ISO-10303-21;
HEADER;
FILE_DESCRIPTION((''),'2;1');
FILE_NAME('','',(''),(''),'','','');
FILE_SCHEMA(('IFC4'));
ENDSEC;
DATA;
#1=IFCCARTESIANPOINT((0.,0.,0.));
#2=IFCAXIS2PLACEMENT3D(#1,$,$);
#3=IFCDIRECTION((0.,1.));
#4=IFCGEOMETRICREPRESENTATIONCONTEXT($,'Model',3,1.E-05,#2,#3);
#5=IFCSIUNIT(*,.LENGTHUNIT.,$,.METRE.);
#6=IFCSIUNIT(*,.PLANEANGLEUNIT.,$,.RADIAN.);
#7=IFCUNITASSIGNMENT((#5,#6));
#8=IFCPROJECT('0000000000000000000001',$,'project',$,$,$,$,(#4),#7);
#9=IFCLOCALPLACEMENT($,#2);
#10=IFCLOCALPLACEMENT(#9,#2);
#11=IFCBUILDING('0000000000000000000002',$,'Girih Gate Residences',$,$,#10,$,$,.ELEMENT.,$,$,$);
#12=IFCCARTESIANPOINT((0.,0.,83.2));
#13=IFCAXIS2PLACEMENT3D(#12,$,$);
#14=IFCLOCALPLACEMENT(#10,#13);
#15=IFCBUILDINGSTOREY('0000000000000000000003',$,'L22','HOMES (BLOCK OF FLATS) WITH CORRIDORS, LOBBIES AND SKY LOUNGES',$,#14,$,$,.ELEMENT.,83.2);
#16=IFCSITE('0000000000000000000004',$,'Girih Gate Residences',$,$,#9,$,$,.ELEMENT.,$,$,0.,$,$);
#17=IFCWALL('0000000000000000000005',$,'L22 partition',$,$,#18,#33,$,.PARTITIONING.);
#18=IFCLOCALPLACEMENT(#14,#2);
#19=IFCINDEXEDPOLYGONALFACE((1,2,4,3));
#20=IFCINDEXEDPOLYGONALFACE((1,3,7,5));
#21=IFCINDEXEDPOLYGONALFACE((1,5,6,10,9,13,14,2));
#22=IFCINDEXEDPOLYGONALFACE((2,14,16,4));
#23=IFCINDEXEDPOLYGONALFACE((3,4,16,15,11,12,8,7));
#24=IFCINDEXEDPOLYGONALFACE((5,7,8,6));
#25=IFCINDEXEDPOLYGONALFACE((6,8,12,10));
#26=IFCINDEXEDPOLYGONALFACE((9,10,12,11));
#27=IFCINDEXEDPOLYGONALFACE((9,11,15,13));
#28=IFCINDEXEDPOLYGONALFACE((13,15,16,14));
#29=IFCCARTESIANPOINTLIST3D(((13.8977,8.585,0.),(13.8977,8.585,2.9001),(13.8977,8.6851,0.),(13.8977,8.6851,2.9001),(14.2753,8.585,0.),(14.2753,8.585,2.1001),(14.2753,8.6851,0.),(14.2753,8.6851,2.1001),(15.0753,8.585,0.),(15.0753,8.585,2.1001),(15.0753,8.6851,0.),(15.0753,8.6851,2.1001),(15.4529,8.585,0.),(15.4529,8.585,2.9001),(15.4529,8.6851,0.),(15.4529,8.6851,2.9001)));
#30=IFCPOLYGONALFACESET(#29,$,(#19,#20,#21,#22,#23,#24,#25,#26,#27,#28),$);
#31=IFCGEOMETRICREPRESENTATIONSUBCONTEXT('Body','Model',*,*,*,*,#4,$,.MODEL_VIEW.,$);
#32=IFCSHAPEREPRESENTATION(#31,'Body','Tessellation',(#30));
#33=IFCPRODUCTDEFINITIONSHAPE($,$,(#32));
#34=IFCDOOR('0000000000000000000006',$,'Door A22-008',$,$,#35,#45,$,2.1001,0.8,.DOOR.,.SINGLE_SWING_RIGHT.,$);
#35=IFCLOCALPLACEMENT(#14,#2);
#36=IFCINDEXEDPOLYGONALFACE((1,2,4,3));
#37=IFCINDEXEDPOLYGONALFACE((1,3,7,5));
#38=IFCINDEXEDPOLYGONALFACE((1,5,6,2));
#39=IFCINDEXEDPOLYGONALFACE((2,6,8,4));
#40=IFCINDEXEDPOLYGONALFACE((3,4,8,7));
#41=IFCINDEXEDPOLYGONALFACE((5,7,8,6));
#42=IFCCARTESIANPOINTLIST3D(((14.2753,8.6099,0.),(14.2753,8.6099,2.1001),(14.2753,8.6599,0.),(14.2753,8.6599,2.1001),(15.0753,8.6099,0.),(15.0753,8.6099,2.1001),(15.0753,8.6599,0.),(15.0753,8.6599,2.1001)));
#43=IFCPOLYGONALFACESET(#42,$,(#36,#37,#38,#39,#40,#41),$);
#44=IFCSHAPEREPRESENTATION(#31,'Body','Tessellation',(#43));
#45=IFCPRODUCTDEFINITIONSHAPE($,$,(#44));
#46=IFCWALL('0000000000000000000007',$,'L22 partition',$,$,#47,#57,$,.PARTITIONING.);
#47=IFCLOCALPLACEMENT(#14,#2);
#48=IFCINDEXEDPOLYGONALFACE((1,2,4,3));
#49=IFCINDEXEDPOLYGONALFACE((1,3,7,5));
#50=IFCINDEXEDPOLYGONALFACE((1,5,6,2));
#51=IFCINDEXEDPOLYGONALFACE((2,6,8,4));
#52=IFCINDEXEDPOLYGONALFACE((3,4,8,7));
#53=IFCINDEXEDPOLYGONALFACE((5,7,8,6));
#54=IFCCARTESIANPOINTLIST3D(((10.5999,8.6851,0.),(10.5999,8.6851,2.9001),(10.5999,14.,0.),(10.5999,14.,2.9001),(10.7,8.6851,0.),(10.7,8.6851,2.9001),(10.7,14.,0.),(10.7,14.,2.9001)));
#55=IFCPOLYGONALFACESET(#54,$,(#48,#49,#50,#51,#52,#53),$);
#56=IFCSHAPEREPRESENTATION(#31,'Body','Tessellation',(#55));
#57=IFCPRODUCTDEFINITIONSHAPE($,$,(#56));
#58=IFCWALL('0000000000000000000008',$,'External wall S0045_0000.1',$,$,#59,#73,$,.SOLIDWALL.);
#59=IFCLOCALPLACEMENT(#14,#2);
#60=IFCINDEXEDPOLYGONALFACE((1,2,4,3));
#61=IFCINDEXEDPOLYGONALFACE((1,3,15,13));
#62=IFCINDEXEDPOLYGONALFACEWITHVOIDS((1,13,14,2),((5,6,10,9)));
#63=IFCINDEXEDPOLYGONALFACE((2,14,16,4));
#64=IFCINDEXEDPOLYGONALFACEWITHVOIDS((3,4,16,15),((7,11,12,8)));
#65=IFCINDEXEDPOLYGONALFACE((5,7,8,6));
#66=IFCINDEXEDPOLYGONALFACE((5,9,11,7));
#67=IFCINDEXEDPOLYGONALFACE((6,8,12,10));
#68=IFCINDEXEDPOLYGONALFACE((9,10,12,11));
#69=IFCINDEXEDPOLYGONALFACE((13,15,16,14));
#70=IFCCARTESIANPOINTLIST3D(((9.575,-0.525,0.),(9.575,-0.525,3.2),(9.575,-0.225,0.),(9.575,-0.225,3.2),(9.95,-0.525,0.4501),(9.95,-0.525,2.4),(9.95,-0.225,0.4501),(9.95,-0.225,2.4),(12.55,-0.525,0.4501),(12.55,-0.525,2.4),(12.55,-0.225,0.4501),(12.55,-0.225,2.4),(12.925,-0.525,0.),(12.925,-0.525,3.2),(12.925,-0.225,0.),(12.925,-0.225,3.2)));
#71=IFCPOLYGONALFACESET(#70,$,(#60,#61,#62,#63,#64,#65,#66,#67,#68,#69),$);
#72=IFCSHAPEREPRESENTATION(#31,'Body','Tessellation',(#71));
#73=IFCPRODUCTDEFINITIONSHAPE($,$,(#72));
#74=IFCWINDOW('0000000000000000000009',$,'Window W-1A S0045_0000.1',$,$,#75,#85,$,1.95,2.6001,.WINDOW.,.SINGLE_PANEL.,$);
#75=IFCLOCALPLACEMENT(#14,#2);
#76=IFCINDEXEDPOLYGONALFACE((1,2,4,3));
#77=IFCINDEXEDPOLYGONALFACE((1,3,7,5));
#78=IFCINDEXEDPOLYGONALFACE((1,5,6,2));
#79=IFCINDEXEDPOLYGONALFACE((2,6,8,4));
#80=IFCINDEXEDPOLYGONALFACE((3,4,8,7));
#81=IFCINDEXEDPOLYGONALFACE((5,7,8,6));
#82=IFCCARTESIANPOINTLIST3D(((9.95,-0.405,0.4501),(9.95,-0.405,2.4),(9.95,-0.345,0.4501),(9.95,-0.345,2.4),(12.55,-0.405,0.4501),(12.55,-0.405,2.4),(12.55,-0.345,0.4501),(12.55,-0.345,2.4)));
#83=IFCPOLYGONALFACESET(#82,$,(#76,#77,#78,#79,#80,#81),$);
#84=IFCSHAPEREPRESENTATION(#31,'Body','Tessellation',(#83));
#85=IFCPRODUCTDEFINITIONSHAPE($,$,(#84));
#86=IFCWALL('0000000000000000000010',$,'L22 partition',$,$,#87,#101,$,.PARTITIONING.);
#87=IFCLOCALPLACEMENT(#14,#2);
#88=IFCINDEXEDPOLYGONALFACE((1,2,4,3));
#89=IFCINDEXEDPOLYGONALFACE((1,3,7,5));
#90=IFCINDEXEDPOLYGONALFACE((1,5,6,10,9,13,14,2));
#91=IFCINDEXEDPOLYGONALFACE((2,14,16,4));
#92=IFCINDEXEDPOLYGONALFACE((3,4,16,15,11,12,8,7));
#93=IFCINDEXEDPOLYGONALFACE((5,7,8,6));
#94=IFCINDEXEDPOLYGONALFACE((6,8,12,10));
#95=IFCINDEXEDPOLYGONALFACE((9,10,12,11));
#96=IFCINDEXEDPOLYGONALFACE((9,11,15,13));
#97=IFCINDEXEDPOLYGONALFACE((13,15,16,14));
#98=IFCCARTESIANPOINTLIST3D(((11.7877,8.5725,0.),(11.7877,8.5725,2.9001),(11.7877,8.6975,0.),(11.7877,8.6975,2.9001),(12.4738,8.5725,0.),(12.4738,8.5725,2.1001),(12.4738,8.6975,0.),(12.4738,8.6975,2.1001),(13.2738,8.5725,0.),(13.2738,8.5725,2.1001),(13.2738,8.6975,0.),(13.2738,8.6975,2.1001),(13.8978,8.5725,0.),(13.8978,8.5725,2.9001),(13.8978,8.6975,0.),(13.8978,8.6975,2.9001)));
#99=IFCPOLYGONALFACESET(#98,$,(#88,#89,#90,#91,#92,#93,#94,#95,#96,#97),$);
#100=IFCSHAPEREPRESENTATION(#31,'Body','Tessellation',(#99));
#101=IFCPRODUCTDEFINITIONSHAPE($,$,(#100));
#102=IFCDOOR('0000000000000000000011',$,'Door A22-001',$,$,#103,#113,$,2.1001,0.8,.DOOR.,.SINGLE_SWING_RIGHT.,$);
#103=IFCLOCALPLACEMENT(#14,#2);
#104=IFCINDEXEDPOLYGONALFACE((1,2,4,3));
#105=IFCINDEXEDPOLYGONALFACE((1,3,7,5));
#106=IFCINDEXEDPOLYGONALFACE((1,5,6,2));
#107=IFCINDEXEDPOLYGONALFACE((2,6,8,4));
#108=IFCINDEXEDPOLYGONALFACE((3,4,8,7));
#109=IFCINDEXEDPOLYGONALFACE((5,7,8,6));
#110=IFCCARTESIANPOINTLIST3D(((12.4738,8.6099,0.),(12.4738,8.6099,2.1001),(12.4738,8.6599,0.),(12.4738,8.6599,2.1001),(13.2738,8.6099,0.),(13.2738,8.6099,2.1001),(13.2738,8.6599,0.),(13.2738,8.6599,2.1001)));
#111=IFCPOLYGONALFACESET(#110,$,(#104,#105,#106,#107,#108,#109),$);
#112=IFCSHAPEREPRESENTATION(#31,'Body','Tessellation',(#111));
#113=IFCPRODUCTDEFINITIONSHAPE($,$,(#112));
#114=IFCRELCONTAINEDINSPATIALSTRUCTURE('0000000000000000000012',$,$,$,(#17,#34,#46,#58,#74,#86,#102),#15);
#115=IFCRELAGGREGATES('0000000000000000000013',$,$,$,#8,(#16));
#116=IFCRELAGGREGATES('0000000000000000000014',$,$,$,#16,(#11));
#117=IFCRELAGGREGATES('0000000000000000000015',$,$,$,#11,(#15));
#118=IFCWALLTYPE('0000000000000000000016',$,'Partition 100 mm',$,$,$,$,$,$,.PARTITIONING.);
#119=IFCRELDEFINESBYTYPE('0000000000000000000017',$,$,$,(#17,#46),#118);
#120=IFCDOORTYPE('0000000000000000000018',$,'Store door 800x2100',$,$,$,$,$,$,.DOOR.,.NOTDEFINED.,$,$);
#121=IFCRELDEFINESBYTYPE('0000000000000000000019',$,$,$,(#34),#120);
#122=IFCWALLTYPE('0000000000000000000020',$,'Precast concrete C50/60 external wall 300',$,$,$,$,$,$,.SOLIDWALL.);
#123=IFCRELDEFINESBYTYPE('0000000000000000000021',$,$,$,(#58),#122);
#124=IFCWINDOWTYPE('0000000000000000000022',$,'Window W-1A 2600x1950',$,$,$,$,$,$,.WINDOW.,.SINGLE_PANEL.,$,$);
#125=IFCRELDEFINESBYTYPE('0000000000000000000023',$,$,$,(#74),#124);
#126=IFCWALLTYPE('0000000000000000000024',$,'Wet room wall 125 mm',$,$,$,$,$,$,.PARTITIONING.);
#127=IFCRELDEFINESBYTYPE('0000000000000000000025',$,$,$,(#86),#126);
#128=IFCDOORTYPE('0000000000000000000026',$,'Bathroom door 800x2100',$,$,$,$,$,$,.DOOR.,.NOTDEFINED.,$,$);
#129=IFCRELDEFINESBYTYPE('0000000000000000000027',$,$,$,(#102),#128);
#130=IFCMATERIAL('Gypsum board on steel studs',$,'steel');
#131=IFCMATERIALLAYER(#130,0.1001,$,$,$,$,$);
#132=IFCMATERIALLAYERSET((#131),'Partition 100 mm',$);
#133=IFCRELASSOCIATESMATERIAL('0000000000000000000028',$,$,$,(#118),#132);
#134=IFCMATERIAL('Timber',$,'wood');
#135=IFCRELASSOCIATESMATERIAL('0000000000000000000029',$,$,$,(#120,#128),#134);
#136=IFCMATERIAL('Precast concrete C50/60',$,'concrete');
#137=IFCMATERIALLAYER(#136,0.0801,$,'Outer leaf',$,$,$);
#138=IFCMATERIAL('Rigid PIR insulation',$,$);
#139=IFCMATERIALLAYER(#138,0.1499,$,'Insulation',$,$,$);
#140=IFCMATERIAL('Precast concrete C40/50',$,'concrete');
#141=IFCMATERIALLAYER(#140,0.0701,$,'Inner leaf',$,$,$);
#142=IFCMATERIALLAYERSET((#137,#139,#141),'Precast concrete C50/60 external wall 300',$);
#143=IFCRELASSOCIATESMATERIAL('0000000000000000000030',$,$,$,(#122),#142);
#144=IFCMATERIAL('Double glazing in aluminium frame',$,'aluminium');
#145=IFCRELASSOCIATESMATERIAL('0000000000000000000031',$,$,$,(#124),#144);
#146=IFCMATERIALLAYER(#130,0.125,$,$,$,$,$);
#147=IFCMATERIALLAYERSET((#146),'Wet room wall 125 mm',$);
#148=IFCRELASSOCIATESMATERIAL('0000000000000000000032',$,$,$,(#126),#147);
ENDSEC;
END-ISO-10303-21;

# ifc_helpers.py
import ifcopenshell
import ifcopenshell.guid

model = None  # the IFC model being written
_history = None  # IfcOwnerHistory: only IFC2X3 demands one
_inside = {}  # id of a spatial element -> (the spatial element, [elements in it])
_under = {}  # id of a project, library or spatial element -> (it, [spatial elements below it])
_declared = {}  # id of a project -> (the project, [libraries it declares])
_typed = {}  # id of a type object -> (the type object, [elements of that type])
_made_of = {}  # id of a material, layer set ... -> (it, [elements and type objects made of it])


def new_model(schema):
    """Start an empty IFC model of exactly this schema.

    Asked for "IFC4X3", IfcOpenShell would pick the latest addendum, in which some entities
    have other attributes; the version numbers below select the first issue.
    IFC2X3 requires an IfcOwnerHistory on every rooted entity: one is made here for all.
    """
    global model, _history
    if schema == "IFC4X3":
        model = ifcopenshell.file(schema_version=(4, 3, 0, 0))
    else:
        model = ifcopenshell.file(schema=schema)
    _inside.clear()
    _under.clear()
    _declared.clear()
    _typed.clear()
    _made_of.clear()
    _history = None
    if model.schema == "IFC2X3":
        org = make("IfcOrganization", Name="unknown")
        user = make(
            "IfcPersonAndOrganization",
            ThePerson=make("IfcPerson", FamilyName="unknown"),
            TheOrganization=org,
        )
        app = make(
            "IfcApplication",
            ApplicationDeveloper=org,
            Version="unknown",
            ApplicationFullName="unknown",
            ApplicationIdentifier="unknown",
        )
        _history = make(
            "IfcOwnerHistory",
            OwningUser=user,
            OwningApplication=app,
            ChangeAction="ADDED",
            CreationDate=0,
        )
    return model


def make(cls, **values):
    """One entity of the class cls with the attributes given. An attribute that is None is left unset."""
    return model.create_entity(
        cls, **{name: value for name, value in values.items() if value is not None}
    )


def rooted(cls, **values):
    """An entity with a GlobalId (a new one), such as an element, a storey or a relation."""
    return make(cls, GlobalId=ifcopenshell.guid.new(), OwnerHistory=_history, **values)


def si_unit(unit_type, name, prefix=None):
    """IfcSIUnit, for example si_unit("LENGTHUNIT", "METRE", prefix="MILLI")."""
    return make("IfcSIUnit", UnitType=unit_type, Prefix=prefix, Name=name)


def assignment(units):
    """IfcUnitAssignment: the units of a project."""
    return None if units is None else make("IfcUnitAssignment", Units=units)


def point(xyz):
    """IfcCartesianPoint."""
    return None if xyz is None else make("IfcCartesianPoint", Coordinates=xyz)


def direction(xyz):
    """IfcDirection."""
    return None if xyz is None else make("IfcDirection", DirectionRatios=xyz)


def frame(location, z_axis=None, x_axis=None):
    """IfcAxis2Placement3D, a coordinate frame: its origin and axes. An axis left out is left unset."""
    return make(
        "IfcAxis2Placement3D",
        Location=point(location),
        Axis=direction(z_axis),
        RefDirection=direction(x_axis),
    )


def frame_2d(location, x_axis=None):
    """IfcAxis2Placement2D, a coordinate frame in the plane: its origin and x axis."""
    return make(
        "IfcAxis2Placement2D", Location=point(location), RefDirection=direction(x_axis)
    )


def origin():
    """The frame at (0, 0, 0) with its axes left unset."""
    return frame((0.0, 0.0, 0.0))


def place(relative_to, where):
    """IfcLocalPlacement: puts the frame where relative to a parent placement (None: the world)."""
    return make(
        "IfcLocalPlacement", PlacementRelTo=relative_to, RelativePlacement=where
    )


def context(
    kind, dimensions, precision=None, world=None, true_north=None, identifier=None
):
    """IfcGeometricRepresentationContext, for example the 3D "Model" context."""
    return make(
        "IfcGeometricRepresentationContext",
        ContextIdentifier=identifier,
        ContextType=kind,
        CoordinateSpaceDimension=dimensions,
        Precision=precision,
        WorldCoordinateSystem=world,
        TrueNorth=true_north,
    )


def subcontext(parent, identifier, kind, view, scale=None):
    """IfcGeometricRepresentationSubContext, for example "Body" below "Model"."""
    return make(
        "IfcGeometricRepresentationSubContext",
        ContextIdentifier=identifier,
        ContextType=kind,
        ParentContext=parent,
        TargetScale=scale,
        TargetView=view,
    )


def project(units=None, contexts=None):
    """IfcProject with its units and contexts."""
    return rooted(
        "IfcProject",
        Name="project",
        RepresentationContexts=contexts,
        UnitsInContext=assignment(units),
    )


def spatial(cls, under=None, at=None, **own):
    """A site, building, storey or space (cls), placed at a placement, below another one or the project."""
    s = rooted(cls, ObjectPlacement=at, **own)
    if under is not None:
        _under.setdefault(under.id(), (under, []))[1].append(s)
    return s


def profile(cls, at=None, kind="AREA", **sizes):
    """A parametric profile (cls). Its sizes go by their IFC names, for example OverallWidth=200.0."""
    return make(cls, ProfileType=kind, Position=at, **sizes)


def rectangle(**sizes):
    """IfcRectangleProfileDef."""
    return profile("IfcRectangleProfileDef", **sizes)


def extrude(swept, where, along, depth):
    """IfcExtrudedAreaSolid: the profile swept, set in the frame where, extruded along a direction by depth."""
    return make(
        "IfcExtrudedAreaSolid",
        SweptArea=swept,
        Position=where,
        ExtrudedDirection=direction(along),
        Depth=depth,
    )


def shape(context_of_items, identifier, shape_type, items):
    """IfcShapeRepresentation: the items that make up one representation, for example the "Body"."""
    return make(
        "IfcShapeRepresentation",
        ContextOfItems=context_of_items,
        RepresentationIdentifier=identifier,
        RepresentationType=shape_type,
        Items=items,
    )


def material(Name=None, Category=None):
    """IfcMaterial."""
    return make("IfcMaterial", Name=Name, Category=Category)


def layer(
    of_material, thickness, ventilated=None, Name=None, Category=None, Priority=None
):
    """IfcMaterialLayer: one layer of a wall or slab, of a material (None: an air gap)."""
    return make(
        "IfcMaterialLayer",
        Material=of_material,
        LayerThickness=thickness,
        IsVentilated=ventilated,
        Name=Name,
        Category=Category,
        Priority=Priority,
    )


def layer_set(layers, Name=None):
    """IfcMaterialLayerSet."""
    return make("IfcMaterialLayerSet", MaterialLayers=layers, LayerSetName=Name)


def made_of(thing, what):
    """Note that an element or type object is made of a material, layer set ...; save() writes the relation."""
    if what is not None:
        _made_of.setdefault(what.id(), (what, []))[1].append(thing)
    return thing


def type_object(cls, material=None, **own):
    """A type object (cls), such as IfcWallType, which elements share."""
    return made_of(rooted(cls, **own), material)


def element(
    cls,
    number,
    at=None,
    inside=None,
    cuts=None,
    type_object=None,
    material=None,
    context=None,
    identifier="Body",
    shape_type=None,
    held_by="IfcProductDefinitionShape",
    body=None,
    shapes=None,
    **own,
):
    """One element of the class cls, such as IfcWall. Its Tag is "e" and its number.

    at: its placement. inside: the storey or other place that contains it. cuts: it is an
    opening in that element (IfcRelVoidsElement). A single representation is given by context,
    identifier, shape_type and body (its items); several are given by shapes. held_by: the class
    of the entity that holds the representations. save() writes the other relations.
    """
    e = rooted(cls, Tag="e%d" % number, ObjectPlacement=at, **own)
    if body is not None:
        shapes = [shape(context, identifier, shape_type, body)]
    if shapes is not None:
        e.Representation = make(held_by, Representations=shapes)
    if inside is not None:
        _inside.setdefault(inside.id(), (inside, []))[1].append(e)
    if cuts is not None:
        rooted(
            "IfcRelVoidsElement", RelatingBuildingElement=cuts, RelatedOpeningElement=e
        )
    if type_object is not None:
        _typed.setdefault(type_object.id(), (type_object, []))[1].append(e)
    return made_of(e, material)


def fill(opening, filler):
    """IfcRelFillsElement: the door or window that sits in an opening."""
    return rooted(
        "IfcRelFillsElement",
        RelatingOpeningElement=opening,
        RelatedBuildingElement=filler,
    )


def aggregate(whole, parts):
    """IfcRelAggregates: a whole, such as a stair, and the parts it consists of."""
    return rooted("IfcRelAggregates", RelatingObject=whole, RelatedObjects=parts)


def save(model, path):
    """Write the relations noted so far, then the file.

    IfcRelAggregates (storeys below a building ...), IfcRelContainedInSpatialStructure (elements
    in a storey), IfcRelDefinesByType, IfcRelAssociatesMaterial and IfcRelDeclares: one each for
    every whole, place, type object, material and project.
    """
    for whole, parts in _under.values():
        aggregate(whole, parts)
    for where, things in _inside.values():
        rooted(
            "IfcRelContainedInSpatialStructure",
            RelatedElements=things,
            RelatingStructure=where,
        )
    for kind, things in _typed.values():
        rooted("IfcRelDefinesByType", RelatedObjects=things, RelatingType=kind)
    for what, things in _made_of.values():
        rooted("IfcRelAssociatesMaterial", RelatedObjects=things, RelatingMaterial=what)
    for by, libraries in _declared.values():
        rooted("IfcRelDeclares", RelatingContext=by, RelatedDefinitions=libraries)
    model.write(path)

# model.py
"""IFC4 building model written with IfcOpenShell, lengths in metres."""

from ifc_helpers import new_model, si_unit, direction, frame, frame_2d, origin, place, context, subcontext, project, spatial, rectangle, extrude, material, layer, layer_set, type_object, element, fill, save


model = new_model("IFC4")

# Units and contexts
model_context = context("Model", 3, precision=1e-05, world=origin(), true_north=direction((0.0, 1.0)))
body_context = subcontext(model_context, "Body", "Model", "MODEL_VIEW")
ifc_project = project(units=[si_unit("LENGTHUNIT", "METRE"), si_unit("PLANEANGLEUNIT", "RADIAN")], contexts=[model_context])

# Site, building, storey
site_placement = place(None, origin())
site = spatial("IfcSite", under=ifc_project, at=site_placement, Name="Girih Gate Residences", CompositionType="ELEMENT", RefElevation=0.0)
building_placement = place(site_placement, origin())
building = spatial("IfcBuilding", under=site, at=building_placement, Name="Girih Gate Residences", CompositionType="ELEMENT")
storey_placement = place(building_placement, frame((0.0, 0.0, 83.2)))
storey = spatial("IfcBuildingStorey", under=building, at=storey_placement, Name="L22", Description="HOMES (BLOCK OF FLATS) WITH CORRIDORS, LOBBIES AND SKY LOUNGES", CompositionType="ELEMENT", Elevation=83.2)

# Shared definitions
ifc_material_1 = material(Name="Gypsum board on steel studs", Category="steel")
ifc_layer_1 = layer(ifc_material_1, 0.1001)
ifc_layer_set_1 = layer_set([ifc_layer_1], Name="Partition 100 mm")
wall_type_1 = type_object("IfcWallType", Name="Partition 100 mm", PredefinedType="PARTITIONING", material=ifc_layer_set_1)

# Shared definitions
ifc_material_2 = material(Name="Timber", Category="wood")

# Wall, opening, door
door_type_1 = type_object("IfcDoorType", Name="Store door 800x2100", OperationType="NOTDEFINED", PredefinedType="DOOR", material=ifc_material_2)
wall_1_placement = place(storey_placement, frame((13.8977, 8.635, 0.0), z_axis=(0.0, 0.0, 1.0), x_axis=(1.0, 0.0, 0.0)))
wall_1 = element("IfcWall", 1, at=wall_1_placement, inside=storey, type_object=wall_type_1, Name="L22 partition", PredefinedType="PARTITIONING", context=body_context, shape_type="SweptSolid", body=[
    extrude(rectangle(XDim=1.5552, YDim=0.1001, at=frame_2d((0.7776, 0.0))), origin(), (0.0, 0.0, 1.0), 2.9001),
])
opening_1_placement = place(wall_1_placement, frame((0.3777, 0.0, 0.0)))
opening_1 = element("IfcOpeningElement", 2, at=opening_1_placement, cuts=wall_1, PredefinedType="OPENING", context=body_context, shape_type="SweptSolid", body=[
    extrude(rectangle(XDim=0.8, YDim=2.1001, at=frame_2d((0.3999, 1.05))), frame((0.0, 0.0601, 0.0), z_axis=(0.0, -1.0, 0.0), x_axis=(1.0, 0.0, 0.0)), (0.0, 0.0, 1.0), 0.1201),
])
door_1_placement = place(opening_1_placement, origin())
door_1 = element("IfcDoor", 3, at=door_1_placement, inside=storey, type_object=door_type_1, Name="Door A22-008", OperationType="SINGLE_SWING_RIGHT", OverallHeight=2.1001, OverallWidth=0.8, PredefinedType="DOOR", context=body_context, shape_type="SweptSolid", body=[
    extrude(rectangle(XDim=0.8, YDim=2.1001, at=frame_2d((0.3999, 1.05))), frame((0.0, 0.0249, 0.0), z_axis=(0.0, -1.0, 0.0), x_axis=(1.0, 0.0, 0.0)), (0.0, 0.0, 1.0), 0.05),
])
fill(opening_1, door_1)

# Wall
wall_2_placement = place(storey_placement, frame((10.6499, 8.6851, 0.0), z_axis=(0.0, 0.0, 1.0), x_axis=(0.0, 1.0, 0.0)))
element("IfcWall", 4, at=wall_2_placement, inside=storey, type_object=wall_type_1, Name="L22 partition", PredefinedType="PARTITIONING", context=body_context, shape_type="SweptSolid", body=[
    extrude(rectangle(XDim=5.3149, YDim=0.1001, at=frame_2d((2.6575, 0.0))), origin(), (0.0, 0.0, 1.0), 2.9001),
])

# Wall, opening, window
ifc_material_3 = material(Name="Precast concrete C50/60", Category="concrete")
ifc_layer_2 = layer(ifc_material_3, 0.0801, Name="Outer leaf")
ifc_material_4 = material(Name="Rigid PIR insulation")
ifc_layer_3 = layer(ifc_material_4, 0.1499, Name="Insulation")
ifc_material_5 = material(Name="Precast concrete C40/50", Category="concrete")
ifc_layer_4 = layer(ifc_material_5, 0.0701, Name="Inner leaf")
ifc_layer_set_2 = layer_set([ifc_layer_2, ifc_layer_3, ifc_layer_4], Name="Precast concrete C50/60 external wall 300")
wall_type_2 = type_object("IfcWallType", Name="Precast concrete C50/60 external wall 300", PredefinedType="SOLIDWALL", material=ifc_layer_set_2)
wall_3_placement = place(storey_placement, frame((12.925, -0.375, 0.0), z_axis=(0.0, 0.0, 1.0), x_axis=(-1.0, 0.0, 0.0)))
wall_3 = element("IfcWall", 5, at=wall_3_placement, inside=storey, type_object=wall_type_2, Name="External wall S0045_0000.1", PredefinedType="SOLIDWALL", context=body_context, shape_type="SweptSolid", body=[
    extrude(rectangle(XDim=3.3501, YDim=0.3, at=frame_2d((1.675, 0.0))), origin(), (0.0, 0.0, 1.0), 3.2),
])
opening_2_placement = place(wall_3_placement, frame((0.375, 0.0, 0.45)))
opening_2 = element("IfcOpeningElement", 6, at=opening_2_placement, cuts=wall_3, PredefinedType="OPENING", context=body_context, shape_type="SweptSolid", body=[
    extrude(rectangle(XDim=2.6001, YDim=1.95, at=frame_2d((1.3, 0.9751))), frame((0.0, 0.1599, 0.0), z_axis=(0.0, -1.0, 0.0), x_axis=(1.0, 0.0, 0.0)), (0.0, 0.0, 1.0), 0.3201),
])
ifc_material_6 = material(Name="Double glazing in aluminium frame", Category="aluminium")
window_type = type_object("IfcWindowType", Name="Window W-1A 2600x1950", PartitioningType="SINGLE_PANEL", PredefinedType="WINDOW", material=ifc_material_6)
window_placement = place(opening_2_placement, origin())
window = element("IfcWindow", 7, at=window_placement, inside=storey, type_object=window_type, Name="Window W-1A S0045_0000.1", OverallHeight=1.95, OverallWidth=2.6001, PartitioningType="SINGLE_PANEL", PredefinedType="WINDOW", context=body_context, shape_type="SweptSolid", body=[
    extrude(rectangle(XDim=2.6001, YDim=1.95, at=frame_2d((1.3, 0.9751))), frame((0.0, 0.03, 0.0), z_axis=(0.0, -1.0, 0.0), x_axis=(1.0, 0.0, 0.0)), (0.0, 0.0, 1.0), 0.0601),
])
fill(opening_2, window)

# Wall, opening, door
ifc_layer_5 = layer(ifc_material_1, 0.125)
ifc_layer_set_3 = layer_set([ifc_layer_5], Name="Wet room wall 125 mm")
wall_type_3 = type_object("IfcWallType", Name="Wet room wall 125 mm", PredefinedType="PARTITIONING", material=ifc_layer_set_3)
wall_4_placement = place(storey_placement, frame((11.7876, 8.635, 0.0), z_axis=(0.0, 0.0, 1.0), x_axis=(1.0, 0.0, 0.0)))
wall_4 = element("IfcWall", 8, at=wall_4_placement, inside=storey, type_object=wall_type_3, Name="L22 partition", PredefinedType="PARTITIONING", context=body_context, shape_type="SweptSolid", body=[
    extrude(rectangle(XDim=2.1101, YDim=0.125, at=frame_2d((1.0552, 0.0))), origin(), (0.0, 0.0, 1.0), 2.9001),
])
opening_3_placement = place(wall_4_placement, frame((0.6863, 0.0, 0.0)))
opening_3 = element("IfcOpeningElement", 9, at=opening_3_placement, cuts=wall_4, PredefinedType="OPENING", context=body_context, shape_type="SweptSolid", body=[
    extrude(rectangle(XDim=0.8, YDim=2.1001, at=frame_2d((0.3999, 1.05))), frame((0.0, 0.0725, 0.0), z_axis=(0.0, -1.0, 0.0), x_axis=(1.0, 0.0, 0.0)), (0.0, 0.0, 1.0), 0.145),
])
door_type_2 = type_object("IfcDoorType", Name="Bathroom door 800x2100", OperationType="NOTDEFINED", PredefinedType="DOOR", material=ifc_material_2)
door_2_placement = place(opening_3_placement, origin())
door_2 = element("IfcDoor", 10, at=door_2_placement, inside=storey, type_object=door_type_2, Name="Door A22-001", OperationType="SINGLE_SWING_RIGHT", OverallHeight=2.1001, OverallWidth=0.8, PredefinedType="DOOR", context=body_context, shape_type="SweptSolid", body=[
    extrude(rectangle(XDim=0.8, YDim=2.1001, at=frame_2d((0.3999, 1.05))), frame((0.0, 0.0249, 0.0), z_axis=(0.0, -1.0, 0.0), x_axis=(1.0, 0.0, 0.0)), (0.0, 0.0, 1.0), 0.05),
])
fill(opening_3, door_2)

save(model, "model.ifc")
